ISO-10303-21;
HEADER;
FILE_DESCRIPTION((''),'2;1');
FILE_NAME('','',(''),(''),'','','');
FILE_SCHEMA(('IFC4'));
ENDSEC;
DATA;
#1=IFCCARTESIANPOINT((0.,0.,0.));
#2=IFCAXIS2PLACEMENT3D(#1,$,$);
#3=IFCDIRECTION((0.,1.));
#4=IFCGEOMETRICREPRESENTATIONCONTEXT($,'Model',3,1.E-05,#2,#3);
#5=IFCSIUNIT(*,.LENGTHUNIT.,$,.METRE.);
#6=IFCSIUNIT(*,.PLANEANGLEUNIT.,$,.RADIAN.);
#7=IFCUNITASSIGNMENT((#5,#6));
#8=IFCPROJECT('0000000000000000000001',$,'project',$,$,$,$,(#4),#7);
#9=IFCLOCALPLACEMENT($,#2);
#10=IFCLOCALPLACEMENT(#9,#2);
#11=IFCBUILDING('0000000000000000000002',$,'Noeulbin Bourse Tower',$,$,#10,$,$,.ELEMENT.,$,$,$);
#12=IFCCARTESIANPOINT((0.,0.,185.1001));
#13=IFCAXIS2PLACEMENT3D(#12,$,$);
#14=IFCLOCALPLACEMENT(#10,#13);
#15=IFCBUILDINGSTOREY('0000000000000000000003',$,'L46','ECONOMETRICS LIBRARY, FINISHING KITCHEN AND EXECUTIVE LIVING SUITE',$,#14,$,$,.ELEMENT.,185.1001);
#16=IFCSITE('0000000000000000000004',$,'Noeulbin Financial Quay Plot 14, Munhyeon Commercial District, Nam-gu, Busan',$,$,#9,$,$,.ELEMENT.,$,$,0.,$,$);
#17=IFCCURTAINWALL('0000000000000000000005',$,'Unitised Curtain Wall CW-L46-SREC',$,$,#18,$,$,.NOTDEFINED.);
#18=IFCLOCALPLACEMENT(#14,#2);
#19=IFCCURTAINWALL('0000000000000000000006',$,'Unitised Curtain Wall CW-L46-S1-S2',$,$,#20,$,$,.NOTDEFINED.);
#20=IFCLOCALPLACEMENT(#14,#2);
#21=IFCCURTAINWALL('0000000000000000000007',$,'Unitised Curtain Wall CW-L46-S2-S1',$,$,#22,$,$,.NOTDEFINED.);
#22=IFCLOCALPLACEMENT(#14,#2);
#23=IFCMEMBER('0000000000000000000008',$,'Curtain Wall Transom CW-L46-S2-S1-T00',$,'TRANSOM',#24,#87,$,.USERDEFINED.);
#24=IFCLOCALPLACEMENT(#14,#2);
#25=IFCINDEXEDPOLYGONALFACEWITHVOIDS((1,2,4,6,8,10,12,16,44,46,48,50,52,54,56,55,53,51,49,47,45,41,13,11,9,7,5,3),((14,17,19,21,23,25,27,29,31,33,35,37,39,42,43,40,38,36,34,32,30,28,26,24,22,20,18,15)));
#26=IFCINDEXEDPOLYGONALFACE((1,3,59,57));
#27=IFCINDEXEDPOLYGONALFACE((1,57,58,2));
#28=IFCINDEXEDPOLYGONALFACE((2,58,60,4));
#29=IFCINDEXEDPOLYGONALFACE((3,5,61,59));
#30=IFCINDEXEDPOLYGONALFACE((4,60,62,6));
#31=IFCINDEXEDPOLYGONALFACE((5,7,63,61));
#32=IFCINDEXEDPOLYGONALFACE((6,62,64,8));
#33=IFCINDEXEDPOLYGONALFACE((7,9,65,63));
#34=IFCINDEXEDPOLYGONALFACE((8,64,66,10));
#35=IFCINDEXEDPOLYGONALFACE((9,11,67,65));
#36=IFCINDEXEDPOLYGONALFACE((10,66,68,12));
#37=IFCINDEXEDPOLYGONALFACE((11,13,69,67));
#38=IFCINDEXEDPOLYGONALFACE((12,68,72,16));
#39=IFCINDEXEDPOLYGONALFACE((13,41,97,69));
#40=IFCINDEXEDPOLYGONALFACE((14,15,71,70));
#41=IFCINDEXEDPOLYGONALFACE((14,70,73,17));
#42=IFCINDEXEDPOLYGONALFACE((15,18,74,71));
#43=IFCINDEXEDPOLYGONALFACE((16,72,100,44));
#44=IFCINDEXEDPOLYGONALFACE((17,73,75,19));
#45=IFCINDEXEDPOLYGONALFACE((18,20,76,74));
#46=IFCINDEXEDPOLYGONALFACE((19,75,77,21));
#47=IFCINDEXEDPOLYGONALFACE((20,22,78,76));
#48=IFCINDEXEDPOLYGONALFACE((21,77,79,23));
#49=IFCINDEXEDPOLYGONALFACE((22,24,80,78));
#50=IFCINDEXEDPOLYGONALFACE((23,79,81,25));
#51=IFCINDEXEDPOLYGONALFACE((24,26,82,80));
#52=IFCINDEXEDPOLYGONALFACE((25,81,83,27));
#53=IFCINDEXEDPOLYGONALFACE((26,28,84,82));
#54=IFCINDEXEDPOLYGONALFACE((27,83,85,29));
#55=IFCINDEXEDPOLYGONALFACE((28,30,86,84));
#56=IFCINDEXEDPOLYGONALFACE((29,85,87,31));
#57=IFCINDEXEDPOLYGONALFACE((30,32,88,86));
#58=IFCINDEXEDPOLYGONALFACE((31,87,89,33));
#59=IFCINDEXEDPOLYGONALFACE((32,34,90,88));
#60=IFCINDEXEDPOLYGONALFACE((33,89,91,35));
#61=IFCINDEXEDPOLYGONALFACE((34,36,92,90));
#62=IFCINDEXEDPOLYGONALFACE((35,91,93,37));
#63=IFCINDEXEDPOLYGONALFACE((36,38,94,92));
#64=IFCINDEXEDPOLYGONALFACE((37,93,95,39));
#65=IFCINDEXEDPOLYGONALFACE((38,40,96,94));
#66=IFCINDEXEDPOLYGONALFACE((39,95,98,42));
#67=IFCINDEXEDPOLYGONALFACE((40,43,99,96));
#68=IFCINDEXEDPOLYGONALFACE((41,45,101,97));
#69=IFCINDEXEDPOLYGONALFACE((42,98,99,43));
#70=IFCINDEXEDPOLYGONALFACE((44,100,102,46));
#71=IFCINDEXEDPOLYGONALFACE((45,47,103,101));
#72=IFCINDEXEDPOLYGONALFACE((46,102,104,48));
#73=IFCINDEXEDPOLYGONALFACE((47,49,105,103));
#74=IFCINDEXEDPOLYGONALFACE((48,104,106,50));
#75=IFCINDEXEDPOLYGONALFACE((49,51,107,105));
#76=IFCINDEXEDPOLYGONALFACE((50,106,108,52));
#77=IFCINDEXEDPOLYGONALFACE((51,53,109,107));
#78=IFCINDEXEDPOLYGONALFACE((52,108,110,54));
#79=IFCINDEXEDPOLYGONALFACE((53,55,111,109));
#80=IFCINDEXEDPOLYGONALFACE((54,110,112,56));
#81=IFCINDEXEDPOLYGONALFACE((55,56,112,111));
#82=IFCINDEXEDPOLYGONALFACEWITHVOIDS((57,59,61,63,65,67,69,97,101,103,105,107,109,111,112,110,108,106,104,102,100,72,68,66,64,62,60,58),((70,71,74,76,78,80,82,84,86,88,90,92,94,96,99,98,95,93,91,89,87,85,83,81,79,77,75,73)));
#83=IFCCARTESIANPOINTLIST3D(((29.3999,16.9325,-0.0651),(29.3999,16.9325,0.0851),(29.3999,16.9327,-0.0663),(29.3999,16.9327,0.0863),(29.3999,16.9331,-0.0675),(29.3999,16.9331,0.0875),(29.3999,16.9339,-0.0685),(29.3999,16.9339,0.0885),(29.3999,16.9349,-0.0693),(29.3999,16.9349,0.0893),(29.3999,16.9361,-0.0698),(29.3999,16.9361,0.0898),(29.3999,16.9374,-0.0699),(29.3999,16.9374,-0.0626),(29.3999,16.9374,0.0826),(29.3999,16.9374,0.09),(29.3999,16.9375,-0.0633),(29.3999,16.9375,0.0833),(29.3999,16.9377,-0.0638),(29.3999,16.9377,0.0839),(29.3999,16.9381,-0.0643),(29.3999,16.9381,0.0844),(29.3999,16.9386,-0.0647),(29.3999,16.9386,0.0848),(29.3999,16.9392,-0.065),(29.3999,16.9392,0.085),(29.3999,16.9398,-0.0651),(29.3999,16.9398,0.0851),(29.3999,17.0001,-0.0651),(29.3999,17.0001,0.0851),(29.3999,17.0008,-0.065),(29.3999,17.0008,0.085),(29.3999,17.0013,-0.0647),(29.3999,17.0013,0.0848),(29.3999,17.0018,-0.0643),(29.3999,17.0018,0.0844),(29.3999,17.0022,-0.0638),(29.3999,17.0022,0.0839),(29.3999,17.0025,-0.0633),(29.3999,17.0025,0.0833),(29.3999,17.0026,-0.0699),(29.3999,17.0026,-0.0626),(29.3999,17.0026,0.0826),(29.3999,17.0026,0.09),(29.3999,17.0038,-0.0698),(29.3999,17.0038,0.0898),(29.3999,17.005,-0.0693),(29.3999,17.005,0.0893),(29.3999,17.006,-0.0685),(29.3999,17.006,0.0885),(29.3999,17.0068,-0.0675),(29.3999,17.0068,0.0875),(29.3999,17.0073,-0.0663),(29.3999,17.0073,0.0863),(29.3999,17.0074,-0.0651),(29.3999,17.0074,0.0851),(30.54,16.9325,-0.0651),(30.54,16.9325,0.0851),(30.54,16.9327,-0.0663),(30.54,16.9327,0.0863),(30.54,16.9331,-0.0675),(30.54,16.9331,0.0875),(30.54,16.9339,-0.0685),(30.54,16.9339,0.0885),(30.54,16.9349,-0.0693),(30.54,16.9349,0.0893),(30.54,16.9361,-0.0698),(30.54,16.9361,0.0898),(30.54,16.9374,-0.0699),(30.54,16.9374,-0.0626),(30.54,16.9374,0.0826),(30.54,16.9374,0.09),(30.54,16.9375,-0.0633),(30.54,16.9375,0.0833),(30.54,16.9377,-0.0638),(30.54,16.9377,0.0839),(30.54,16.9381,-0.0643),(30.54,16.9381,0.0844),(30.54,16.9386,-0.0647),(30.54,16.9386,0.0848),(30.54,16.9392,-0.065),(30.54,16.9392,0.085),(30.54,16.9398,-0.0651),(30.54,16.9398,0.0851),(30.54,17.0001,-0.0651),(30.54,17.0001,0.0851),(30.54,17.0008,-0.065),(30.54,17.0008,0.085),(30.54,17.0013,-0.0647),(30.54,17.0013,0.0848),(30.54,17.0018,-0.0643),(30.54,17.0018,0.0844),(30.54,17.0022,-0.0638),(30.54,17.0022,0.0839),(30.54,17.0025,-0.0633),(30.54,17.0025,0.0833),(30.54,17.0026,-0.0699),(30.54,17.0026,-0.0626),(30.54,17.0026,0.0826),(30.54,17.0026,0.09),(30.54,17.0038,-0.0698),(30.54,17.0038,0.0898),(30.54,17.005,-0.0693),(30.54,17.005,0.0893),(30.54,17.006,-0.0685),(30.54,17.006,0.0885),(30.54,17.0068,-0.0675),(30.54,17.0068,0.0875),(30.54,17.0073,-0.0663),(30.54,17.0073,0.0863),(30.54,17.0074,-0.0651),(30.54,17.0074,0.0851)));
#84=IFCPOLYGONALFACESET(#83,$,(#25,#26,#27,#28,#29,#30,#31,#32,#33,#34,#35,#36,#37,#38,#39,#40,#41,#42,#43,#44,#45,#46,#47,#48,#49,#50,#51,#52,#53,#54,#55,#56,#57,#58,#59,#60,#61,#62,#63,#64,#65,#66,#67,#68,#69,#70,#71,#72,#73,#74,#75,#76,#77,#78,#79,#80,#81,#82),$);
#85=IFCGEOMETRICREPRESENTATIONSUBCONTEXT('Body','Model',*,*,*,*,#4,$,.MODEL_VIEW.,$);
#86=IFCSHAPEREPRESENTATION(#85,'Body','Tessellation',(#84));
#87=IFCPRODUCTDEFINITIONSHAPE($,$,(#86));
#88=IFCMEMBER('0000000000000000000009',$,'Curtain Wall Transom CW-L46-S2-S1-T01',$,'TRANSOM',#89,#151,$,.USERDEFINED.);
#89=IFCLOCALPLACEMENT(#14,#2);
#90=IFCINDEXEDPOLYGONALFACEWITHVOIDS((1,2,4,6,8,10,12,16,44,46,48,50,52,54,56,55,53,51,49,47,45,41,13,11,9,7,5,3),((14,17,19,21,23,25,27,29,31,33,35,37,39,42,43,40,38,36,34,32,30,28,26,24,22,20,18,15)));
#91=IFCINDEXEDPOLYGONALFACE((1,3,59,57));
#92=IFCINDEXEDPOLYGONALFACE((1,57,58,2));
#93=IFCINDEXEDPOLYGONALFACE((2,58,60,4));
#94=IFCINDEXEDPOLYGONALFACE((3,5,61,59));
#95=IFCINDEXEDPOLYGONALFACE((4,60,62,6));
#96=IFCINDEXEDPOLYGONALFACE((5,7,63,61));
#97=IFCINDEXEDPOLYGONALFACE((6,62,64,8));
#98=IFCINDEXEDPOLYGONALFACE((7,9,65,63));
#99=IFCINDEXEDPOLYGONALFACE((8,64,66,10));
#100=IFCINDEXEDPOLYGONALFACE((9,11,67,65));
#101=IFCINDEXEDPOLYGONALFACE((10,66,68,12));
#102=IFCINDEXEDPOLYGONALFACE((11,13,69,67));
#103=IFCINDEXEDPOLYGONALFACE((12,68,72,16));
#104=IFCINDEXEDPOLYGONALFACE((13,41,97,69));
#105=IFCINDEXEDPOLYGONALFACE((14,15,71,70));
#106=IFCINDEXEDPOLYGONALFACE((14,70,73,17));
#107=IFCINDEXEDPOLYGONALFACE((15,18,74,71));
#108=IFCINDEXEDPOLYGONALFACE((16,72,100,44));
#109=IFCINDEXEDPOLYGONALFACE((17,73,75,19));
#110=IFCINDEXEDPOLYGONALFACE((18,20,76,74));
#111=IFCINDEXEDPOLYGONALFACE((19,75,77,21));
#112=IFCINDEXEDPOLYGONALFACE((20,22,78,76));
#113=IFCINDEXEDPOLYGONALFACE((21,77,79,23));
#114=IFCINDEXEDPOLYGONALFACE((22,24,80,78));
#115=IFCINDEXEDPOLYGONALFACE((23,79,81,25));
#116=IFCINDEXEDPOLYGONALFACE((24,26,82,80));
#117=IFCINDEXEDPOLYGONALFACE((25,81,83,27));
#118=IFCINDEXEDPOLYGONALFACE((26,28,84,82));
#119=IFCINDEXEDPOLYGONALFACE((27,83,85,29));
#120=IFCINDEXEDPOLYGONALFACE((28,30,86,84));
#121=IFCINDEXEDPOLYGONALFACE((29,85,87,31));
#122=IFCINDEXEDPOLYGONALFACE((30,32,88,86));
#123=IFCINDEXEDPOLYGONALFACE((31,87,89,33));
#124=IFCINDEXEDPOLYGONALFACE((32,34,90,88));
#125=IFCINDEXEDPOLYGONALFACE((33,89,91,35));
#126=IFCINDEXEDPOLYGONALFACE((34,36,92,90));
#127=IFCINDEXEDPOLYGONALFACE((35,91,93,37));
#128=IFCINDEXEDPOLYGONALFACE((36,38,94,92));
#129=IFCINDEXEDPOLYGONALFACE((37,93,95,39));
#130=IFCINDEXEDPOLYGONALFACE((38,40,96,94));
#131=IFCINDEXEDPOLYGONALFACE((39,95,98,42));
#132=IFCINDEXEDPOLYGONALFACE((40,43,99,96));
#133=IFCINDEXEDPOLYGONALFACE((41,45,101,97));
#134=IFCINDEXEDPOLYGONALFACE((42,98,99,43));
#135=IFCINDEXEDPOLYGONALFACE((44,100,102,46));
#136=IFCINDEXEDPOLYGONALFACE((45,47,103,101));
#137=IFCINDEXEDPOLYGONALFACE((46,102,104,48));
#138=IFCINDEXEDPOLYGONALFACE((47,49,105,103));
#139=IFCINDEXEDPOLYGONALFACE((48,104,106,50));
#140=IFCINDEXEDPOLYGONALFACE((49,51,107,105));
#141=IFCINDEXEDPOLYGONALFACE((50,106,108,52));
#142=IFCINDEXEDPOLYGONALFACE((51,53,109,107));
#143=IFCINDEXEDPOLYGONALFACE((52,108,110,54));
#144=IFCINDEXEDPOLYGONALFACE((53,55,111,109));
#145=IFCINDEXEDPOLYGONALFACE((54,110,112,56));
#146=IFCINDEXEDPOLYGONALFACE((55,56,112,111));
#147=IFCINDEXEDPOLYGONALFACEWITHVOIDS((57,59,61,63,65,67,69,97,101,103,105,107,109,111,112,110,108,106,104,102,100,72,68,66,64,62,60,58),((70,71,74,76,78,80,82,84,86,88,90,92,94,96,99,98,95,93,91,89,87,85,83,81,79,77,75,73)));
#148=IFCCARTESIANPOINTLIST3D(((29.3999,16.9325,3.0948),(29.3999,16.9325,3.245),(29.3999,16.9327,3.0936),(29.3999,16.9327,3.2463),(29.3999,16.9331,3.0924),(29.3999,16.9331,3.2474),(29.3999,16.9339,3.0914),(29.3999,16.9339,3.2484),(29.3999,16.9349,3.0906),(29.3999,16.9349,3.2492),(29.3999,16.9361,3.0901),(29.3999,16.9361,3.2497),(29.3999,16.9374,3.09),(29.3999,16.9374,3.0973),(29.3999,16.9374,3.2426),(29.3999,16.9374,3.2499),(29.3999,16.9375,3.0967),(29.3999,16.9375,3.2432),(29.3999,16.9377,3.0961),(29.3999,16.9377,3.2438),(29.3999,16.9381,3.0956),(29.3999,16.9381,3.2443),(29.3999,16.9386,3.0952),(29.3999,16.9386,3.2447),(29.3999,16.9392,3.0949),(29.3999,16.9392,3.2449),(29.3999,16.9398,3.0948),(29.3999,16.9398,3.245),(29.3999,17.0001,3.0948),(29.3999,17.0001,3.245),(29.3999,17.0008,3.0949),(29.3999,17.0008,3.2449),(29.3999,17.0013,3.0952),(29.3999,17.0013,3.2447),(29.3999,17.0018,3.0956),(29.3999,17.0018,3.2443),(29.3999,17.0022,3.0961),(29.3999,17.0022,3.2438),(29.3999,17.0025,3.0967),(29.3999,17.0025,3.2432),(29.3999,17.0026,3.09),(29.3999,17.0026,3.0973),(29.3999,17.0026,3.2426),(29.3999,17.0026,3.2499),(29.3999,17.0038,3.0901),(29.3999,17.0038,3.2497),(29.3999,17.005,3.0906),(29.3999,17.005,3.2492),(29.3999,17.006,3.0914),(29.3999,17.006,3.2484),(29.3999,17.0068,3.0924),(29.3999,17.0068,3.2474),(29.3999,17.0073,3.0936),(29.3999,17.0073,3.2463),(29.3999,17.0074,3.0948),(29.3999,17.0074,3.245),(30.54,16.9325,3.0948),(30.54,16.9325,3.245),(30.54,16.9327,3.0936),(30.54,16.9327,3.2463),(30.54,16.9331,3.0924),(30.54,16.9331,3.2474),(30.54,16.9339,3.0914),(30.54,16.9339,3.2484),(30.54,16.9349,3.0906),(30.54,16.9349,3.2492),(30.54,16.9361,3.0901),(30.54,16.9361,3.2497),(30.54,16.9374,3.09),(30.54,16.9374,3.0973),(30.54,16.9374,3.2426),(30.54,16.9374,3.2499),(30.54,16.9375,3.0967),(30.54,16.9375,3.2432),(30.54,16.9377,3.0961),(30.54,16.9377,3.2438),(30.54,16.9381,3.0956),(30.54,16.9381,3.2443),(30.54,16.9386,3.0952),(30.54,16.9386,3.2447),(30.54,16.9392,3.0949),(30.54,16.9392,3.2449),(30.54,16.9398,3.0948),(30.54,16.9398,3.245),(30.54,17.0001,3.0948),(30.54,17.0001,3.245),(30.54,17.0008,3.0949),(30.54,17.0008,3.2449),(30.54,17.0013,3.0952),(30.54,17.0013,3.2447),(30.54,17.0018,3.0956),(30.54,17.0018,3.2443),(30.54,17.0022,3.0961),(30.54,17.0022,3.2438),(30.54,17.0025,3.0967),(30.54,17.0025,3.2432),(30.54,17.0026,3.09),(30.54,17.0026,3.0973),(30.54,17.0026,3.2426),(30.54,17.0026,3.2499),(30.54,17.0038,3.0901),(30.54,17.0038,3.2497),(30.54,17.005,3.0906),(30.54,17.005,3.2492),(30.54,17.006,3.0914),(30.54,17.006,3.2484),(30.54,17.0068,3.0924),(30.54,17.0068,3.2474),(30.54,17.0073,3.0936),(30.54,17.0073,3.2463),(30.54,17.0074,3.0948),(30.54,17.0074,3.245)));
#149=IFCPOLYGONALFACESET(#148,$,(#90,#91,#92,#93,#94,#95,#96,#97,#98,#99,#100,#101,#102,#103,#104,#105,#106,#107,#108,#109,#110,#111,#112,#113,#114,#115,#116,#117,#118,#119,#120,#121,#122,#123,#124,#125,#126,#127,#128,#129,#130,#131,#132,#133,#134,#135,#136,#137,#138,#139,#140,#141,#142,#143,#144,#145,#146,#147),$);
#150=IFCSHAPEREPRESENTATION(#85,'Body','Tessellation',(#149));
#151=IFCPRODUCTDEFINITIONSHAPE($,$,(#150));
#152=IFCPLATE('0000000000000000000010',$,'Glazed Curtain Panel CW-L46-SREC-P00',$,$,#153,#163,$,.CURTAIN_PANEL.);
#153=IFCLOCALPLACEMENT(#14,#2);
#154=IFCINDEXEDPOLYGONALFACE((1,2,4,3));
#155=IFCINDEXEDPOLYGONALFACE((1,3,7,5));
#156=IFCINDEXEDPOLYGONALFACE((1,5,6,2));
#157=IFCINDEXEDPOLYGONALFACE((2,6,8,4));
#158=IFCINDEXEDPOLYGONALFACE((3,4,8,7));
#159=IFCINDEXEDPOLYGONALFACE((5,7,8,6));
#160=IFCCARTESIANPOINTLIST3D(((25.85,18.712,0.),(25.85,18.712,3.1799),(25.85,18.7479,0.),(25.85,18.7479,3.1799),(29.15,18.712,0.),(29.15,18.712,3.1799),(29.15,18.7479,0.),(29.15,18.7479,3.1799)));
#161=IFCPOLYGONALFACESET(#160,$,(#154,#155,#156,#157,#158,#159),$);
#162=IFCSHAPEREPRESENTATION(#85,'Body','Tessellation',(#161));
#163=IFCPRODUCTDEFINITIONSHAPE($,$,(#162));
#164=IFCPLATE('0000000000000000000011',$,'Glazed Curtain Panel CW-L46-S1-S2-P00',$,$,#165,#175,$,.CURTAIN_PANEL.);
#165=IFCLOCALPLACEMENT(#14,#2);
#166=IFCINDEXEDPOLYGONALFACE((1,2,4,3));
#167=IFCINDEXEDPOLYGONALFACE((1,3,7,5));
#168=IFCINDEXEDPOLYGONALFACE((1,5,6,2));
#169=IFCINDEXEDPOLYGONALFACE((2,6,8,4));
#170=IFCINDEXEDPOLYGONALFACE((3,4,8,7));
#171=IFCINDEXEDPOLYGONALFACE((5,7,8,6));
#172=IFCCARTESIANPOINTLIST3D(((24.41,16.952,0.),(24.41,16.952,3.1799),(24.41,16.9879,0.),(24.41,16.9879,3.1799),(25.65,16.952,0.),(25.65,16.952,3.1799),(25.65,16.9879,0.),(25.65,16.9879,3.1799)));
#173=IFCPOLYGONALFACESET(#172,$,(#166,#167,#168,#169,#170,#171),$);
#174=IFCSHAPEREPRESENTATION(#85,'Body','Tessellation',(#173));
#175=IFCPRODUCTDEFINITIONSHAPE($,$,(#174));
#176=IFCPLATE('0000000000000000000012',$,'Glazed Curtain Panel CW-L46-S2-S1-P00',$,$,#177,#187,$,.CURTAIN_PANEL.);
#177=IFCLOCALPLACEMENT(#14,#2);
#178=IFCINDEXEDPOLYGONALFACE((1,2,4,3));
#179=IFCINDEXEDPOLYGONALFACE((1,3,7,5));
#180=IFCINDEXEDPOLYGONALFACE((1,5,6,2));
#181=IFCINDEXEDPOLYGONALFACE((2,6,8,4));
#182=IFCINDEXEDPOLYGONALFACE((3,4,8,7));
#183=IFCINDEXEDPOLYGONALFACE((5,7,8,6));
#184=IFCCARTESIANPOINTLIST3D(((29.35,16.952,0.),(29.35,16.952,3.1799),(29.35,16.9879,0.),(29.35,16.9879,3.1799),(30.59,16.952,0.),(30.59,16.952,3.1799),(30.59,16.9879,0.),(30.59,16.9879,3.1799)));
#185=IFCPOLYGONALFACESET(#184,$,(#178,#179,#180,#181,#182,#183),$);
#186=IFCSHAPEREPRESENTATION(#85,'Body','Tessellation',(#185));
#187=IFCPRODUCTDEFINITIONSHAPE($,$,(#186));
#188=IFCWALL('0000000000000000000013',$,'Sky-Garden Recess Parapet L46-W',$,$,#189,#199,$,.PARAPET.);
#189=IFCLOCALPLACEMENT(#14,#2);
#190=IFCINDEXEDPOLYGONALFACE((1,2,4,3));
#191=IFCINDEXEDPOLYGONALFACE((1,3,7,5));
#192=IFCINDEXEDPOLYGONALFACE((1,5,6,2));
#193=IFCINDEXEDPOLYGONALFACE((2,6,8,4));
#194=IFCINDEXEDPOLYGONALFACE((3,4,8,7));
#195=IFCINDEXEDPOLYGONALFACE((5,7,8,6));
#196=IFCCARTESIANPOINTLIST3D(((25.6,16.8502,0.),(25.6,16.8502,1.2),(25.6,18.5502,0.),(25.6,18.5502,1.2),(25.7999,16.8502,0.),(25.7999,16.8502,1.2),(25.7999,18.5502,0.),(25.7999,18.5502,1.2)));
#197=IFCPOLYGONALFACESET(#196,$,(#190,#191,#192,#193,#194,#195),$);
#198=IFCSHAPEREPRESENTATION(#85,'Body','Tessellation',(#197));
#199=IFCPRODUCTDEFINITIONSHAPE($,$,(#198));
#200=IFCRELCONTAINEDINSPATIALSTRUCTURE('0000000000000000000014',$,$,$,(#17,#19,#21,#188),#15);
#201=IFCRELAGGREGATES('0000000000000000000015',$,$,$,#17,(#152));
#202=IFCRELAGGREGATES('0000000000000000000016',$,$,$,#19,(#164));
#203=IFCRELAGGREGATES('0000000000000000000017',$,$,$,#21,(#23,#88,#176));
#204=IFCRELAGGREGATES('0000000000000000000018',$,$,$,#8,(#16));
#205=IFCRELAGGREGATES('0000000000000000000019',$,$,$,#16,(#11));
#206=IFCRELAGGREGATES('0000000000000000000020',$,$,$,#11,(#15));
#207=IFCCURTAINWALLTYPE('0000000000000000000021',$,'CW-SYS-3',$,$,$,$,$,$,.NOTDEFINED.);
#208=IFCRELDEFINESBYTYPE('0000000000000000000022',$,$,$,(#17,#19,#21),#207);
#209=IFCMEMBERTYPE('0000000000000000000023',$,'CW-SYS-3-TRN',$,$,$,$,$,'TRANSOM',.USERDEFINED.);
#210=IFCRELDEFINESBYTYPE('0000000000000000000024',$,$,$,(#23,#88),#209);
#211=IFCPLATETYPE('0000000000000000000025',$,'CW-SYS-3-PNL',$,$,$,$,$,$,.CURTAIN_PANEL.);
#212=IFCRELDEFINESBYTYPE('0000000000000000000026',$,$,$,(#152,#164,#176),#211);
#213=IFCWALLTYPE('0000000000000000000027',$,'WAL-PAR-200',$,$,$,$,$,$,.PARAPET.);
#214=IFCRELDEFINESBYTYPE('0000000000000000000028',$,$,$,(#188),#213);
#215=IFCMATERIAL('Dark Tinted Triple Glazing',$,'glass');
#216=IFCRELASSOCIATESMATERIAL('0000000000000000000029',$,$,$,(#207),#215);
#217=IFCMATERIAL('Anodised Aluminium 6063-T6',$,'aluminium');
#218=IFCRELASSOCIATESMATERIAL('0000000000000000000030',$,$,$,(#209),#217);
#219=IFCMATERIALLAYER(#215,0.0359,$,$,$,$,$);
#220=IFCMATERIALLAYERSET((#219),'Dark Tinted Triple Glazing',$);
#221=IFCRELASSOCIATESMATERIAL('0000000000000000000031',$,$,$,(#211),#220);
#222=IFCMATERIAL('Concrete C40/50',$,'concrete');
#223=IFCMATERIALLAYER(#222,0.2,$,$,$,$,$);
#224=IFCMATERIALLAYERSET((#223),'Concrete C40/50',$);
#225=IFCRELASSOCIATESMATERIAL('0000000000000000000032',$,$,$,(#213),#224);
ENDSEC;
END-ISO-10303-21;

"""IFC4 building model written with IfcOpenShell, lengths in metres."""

from ifc_helpers import new_model, si_unit, direction, frame, frame_2d, origin, origin_2d, place, context, subcontext, project, spatial, rectangle, hollow_rectangle, extrude, material, layer, layer_set, material_profile, profile_set, type_object, element, aggregate, save


model = new_model("IFC4")

# Units and contexts
model_context = context("Model", 3, precision=1e-05, world=origin(), true_north=direction((0.0, 1.0)))
body_context = subcontext(model_context, "Body", "Model", "MODEL_VIEW")
ifc_project = project(units=[si_unit("LENGTHUNIT", "METRE"), si_unit("PLANEANGLEUNIT", "RADIAN")], contexts=[model_context])

# Site, building, storey
site_placement = place(None, origin())
site = spatial("IfcSite", under=ifc_project, at=site_placement, Name="Noeulbin Financial Quay Plot 14, Munhyeon Commercial District, Nam-gu, Busan", CompositionType="ELEMENT", RefElevation=0.0)
building_placement = place(site_placement, origin())
building = spatial("IfcBuilding", under=site, at=building_placement, Name="Noeulbin Bourse Tower", CompositionType="ELEMENT")
storey_placement = place(building_placement, frame((0.0, 0.0, 185.1001)))
storey = spatial("IfcBuildingStorey", under=building, at=storey_placement, Name="L46", Description="ECONOMETRICS LIBRARY, FINISHING KITCHEN AND EXECUTIVE LIVING SUITE", CompositionType="ELEMENT", Elevation=185.1001)

# Curtain wall
ifc_material_1 = material(Name="Dark Tinted Triple Glazing", Category="glass")
curtain_wall_type = type_object("IfcCurtainWallType", Name="CW-SYS-3", PredefinedType="NOTDEFINED", material=ifc_material_1)
curtain_wall_1_placement = place(storey_placement, origin())
curtain_wall_1 = element("IfcCurtainWall", 1, at=curtain_wall_1_placement, inside=storey, type_object=curtain_wall_type, Name="Unitised Curtain Wall CW-L46-SREC", PredefinedType="NOTDEFINED")
ifc_material_2 = material(Name="Anodised Aluminium 6063-T6", Category="aluminium")

# Curtain walls
curtain_wall_2_placement = place(storey_placement, origin())
curtain_wall_2 = element("IfcCurtainWall", 2, at=curtain_wall_2_placement, inside=storey, type_object=curtain_wall_type, Name="Unitised Curtain Wall CW-L46-S1-S2", PredefinedType="NOTDEFINED")
curtain_wall_3_placement = place(storey_placement, origin())
curtain_wall_3 = element("IfcCurtainWall", 3, at=curtain_wall_3_placement, inside=storey, type_object=curtain_wall_type, Name="Unitised Curtain Wall CW-L46-S2-S1", PredefinedType="NOTDEFINED")

# Members
ifc_material_profile_1 = material_profile(ifc_material_2, hollow_rectangle(XDim=0.075, YDim=0.1599, WallThickness=0.0049, InnerFilletRadius=0.0024, OuterFilletRadius=0.0049, at=origin_2d()), Name="ALU-TRAN-75x160x5", Category="LoadBearing")
ifc_profile_set_1 = profile_set([ifc_material_profile_1], Name="Anodised Aluminium 6063-T6")
member_type_1 = type_object("IfcMemberType", Name="CW-SYS-3-TRN", ElementType="TRANSOM", PredefinedType="USERDEFINED", material=ifc_profile_set_1)
member_1_placement = place(storey_placement, frame((29.3999, 16.97, 0.01), z_axis=(1.0, 0.0, 0.0), x_axis=(0.0, 1.0, 0.0)))
member_1 = element("IfcMember", 4, at=member_1_placement, type_object=member_type_1, Name="Curtain Wall Transom CW-L46-S2-S1-T00", ObjectType="TRANSOM", PredefinedType="USERDEFINED", context=body_context, shape_type="SweptSolid", body=[
    extrude(hollow_rectangle(XDim=0.075, YDim=0.1599, WallThickness=0.0049, InnerFilletRadius=0.0024, OuterFilletRadius=0.0049, at=origin_2d()), origin(), (0.0, 0.0, 1.0), 1.1401),
])
member_2_placement = place(storey_placement, frame((29.3999, 16.97, 3.1699), z_axis=(1.0, 0.0, 0.0), x_axis=(0.0, 1.0, 0.0)))
member_2 = element("IfcMember", 5, at=member_2_placement, type_object=member_type_1, Name="Curtain Wall Transom CW-L46-S2-S1-T01", ObjectType="TRANSOM", PredefinedType="USERDEFINED", context=body_context, shape_type="SweptSolid", body=[
    extrude(hollow_rectangle(XDim=0.075, YDim=0.1599, WallThickness=0.0049, InnerFilletRadius=0.0024, OuterFilletRadius=0.0049, at=origin_2d()), origin(), (0.0, 0.0, 1.0), 1.1401),
])

# Plates
ifc_layer_1 = layer(ifc_material_1, 0.0359)
ifc_layer_set_1 = layer_set([ifc_layer_1], Name="Dark Tinted Triple Glazing")
plate_type = type_object("IfcPlateType", Name="CW-SYS-3-PNL", PredefinedType="CURTAIN_PANEL", material=ifc_layer_set_1)
plate_1_placement = place(storey_placement, frame((27.5, 18.73, 0.0), z_axis=(0.0, 0.0, 1.0), x_axis=(1.0, 0.0, 0.0)))
plate_1 = element("IfcPlate", 6, at=plate_1_placement, type_object=plate_type, Name="Glazed Curtain Panel CW-L46-SREC-P00", PredefinedType="CURTAIN_PANEL", context=body_context, shape_type="SweptSolid", body=[
    extrude(rectangle(XDim=3.3, YDim=0.0359, at=origin_2d()), origin(), (0.0, 0.0, 1.0), 3.1799),
])
aggregate(curtain_wall_1, [plate_1])
plate_2_placement = place(storey_placement, frame((25.03, 16.97, 0.0), z_axis=(0.0, 0.0, 1.0), x_axis=(1.0, 0.0, 0.0)))
plate_2 = element("IfcPlate", 7, at=plate_2_placement, type_object=plate_type, Name="Glazed Curtain Panel CW-L46-S1-S2-P00", PredefinedType="CURTAIN_PANEL", context=body_context, shape_type="SweptSolid", body=[
    extrude(rectangle(XDim=1.24, YDim=0.0359, at=origin_2d()), origin(), (0.0, 0.0, 1.0), 3.1799),
])
aggregate(curtain_wall_2, [plate_2])
plate_3_placement = place(storey_placement, frame((29.97, 16.97, 0.0), z_axis=(0.0, 0.0, 1.0), x_axis=(1.0, 0.0, 0.0)))
plate_3 = element("IfcPlate", 8, at=plate_3_placement, type_object=plate_type, Name="Glazed Curtain Panel CW-L46-S2-S1-P00", PredefinedType="CURTAIN_PANEL", context=body_context, shape_type="SweptSolid", body=[
    extrude(rectangle(XDim=1.24, YDim=0.0359, at=origin_2d()), origin(), (0.0, 0.0, 1.0), 3.1799),
])
aggregate(curtain_wall_3, [member_1, member_2, plate_3])

# Wall
ifc_material_3 = material(Name="Concrete C40/50", Category="concrete")
ifc_layer_2 = layer(ifc_material_3, 0.2)
ifc_layer_set_2 = layer_set([ifc_layer_2], Name="Concrete C40/50")
wall_type = type_object("IfcWallType", Name="WAL-PAR-200", PredefinedType="PARAPET", material=ifc_layer_set_2)
for number, where, z_axis, x_axis, name in (
    (9, (25.7, 16.8501, 0.0), (0.0, 0.0, 1.0), (0.0, 1.0, 0.0), "Sky-Garden Recess Parapet L46-W"),
):
    element("IfcWall", number, at=place(storey_placement, frame(where, z_axis=z_axis, x_axis=x_axis)), inside=storey, type_object=wall_type, Name=name, PredefinedType="PARAPET", context=body_context, shape_type="SweptSolid", body=[
        extrude(rectangle(XDim=1.7, YDim=0.2, at=frame_2d((0.8501, 0.0))), origin(), (0.0, 0.0, 1.0), 1.2),
    ])

save(model, "model.ifc")
